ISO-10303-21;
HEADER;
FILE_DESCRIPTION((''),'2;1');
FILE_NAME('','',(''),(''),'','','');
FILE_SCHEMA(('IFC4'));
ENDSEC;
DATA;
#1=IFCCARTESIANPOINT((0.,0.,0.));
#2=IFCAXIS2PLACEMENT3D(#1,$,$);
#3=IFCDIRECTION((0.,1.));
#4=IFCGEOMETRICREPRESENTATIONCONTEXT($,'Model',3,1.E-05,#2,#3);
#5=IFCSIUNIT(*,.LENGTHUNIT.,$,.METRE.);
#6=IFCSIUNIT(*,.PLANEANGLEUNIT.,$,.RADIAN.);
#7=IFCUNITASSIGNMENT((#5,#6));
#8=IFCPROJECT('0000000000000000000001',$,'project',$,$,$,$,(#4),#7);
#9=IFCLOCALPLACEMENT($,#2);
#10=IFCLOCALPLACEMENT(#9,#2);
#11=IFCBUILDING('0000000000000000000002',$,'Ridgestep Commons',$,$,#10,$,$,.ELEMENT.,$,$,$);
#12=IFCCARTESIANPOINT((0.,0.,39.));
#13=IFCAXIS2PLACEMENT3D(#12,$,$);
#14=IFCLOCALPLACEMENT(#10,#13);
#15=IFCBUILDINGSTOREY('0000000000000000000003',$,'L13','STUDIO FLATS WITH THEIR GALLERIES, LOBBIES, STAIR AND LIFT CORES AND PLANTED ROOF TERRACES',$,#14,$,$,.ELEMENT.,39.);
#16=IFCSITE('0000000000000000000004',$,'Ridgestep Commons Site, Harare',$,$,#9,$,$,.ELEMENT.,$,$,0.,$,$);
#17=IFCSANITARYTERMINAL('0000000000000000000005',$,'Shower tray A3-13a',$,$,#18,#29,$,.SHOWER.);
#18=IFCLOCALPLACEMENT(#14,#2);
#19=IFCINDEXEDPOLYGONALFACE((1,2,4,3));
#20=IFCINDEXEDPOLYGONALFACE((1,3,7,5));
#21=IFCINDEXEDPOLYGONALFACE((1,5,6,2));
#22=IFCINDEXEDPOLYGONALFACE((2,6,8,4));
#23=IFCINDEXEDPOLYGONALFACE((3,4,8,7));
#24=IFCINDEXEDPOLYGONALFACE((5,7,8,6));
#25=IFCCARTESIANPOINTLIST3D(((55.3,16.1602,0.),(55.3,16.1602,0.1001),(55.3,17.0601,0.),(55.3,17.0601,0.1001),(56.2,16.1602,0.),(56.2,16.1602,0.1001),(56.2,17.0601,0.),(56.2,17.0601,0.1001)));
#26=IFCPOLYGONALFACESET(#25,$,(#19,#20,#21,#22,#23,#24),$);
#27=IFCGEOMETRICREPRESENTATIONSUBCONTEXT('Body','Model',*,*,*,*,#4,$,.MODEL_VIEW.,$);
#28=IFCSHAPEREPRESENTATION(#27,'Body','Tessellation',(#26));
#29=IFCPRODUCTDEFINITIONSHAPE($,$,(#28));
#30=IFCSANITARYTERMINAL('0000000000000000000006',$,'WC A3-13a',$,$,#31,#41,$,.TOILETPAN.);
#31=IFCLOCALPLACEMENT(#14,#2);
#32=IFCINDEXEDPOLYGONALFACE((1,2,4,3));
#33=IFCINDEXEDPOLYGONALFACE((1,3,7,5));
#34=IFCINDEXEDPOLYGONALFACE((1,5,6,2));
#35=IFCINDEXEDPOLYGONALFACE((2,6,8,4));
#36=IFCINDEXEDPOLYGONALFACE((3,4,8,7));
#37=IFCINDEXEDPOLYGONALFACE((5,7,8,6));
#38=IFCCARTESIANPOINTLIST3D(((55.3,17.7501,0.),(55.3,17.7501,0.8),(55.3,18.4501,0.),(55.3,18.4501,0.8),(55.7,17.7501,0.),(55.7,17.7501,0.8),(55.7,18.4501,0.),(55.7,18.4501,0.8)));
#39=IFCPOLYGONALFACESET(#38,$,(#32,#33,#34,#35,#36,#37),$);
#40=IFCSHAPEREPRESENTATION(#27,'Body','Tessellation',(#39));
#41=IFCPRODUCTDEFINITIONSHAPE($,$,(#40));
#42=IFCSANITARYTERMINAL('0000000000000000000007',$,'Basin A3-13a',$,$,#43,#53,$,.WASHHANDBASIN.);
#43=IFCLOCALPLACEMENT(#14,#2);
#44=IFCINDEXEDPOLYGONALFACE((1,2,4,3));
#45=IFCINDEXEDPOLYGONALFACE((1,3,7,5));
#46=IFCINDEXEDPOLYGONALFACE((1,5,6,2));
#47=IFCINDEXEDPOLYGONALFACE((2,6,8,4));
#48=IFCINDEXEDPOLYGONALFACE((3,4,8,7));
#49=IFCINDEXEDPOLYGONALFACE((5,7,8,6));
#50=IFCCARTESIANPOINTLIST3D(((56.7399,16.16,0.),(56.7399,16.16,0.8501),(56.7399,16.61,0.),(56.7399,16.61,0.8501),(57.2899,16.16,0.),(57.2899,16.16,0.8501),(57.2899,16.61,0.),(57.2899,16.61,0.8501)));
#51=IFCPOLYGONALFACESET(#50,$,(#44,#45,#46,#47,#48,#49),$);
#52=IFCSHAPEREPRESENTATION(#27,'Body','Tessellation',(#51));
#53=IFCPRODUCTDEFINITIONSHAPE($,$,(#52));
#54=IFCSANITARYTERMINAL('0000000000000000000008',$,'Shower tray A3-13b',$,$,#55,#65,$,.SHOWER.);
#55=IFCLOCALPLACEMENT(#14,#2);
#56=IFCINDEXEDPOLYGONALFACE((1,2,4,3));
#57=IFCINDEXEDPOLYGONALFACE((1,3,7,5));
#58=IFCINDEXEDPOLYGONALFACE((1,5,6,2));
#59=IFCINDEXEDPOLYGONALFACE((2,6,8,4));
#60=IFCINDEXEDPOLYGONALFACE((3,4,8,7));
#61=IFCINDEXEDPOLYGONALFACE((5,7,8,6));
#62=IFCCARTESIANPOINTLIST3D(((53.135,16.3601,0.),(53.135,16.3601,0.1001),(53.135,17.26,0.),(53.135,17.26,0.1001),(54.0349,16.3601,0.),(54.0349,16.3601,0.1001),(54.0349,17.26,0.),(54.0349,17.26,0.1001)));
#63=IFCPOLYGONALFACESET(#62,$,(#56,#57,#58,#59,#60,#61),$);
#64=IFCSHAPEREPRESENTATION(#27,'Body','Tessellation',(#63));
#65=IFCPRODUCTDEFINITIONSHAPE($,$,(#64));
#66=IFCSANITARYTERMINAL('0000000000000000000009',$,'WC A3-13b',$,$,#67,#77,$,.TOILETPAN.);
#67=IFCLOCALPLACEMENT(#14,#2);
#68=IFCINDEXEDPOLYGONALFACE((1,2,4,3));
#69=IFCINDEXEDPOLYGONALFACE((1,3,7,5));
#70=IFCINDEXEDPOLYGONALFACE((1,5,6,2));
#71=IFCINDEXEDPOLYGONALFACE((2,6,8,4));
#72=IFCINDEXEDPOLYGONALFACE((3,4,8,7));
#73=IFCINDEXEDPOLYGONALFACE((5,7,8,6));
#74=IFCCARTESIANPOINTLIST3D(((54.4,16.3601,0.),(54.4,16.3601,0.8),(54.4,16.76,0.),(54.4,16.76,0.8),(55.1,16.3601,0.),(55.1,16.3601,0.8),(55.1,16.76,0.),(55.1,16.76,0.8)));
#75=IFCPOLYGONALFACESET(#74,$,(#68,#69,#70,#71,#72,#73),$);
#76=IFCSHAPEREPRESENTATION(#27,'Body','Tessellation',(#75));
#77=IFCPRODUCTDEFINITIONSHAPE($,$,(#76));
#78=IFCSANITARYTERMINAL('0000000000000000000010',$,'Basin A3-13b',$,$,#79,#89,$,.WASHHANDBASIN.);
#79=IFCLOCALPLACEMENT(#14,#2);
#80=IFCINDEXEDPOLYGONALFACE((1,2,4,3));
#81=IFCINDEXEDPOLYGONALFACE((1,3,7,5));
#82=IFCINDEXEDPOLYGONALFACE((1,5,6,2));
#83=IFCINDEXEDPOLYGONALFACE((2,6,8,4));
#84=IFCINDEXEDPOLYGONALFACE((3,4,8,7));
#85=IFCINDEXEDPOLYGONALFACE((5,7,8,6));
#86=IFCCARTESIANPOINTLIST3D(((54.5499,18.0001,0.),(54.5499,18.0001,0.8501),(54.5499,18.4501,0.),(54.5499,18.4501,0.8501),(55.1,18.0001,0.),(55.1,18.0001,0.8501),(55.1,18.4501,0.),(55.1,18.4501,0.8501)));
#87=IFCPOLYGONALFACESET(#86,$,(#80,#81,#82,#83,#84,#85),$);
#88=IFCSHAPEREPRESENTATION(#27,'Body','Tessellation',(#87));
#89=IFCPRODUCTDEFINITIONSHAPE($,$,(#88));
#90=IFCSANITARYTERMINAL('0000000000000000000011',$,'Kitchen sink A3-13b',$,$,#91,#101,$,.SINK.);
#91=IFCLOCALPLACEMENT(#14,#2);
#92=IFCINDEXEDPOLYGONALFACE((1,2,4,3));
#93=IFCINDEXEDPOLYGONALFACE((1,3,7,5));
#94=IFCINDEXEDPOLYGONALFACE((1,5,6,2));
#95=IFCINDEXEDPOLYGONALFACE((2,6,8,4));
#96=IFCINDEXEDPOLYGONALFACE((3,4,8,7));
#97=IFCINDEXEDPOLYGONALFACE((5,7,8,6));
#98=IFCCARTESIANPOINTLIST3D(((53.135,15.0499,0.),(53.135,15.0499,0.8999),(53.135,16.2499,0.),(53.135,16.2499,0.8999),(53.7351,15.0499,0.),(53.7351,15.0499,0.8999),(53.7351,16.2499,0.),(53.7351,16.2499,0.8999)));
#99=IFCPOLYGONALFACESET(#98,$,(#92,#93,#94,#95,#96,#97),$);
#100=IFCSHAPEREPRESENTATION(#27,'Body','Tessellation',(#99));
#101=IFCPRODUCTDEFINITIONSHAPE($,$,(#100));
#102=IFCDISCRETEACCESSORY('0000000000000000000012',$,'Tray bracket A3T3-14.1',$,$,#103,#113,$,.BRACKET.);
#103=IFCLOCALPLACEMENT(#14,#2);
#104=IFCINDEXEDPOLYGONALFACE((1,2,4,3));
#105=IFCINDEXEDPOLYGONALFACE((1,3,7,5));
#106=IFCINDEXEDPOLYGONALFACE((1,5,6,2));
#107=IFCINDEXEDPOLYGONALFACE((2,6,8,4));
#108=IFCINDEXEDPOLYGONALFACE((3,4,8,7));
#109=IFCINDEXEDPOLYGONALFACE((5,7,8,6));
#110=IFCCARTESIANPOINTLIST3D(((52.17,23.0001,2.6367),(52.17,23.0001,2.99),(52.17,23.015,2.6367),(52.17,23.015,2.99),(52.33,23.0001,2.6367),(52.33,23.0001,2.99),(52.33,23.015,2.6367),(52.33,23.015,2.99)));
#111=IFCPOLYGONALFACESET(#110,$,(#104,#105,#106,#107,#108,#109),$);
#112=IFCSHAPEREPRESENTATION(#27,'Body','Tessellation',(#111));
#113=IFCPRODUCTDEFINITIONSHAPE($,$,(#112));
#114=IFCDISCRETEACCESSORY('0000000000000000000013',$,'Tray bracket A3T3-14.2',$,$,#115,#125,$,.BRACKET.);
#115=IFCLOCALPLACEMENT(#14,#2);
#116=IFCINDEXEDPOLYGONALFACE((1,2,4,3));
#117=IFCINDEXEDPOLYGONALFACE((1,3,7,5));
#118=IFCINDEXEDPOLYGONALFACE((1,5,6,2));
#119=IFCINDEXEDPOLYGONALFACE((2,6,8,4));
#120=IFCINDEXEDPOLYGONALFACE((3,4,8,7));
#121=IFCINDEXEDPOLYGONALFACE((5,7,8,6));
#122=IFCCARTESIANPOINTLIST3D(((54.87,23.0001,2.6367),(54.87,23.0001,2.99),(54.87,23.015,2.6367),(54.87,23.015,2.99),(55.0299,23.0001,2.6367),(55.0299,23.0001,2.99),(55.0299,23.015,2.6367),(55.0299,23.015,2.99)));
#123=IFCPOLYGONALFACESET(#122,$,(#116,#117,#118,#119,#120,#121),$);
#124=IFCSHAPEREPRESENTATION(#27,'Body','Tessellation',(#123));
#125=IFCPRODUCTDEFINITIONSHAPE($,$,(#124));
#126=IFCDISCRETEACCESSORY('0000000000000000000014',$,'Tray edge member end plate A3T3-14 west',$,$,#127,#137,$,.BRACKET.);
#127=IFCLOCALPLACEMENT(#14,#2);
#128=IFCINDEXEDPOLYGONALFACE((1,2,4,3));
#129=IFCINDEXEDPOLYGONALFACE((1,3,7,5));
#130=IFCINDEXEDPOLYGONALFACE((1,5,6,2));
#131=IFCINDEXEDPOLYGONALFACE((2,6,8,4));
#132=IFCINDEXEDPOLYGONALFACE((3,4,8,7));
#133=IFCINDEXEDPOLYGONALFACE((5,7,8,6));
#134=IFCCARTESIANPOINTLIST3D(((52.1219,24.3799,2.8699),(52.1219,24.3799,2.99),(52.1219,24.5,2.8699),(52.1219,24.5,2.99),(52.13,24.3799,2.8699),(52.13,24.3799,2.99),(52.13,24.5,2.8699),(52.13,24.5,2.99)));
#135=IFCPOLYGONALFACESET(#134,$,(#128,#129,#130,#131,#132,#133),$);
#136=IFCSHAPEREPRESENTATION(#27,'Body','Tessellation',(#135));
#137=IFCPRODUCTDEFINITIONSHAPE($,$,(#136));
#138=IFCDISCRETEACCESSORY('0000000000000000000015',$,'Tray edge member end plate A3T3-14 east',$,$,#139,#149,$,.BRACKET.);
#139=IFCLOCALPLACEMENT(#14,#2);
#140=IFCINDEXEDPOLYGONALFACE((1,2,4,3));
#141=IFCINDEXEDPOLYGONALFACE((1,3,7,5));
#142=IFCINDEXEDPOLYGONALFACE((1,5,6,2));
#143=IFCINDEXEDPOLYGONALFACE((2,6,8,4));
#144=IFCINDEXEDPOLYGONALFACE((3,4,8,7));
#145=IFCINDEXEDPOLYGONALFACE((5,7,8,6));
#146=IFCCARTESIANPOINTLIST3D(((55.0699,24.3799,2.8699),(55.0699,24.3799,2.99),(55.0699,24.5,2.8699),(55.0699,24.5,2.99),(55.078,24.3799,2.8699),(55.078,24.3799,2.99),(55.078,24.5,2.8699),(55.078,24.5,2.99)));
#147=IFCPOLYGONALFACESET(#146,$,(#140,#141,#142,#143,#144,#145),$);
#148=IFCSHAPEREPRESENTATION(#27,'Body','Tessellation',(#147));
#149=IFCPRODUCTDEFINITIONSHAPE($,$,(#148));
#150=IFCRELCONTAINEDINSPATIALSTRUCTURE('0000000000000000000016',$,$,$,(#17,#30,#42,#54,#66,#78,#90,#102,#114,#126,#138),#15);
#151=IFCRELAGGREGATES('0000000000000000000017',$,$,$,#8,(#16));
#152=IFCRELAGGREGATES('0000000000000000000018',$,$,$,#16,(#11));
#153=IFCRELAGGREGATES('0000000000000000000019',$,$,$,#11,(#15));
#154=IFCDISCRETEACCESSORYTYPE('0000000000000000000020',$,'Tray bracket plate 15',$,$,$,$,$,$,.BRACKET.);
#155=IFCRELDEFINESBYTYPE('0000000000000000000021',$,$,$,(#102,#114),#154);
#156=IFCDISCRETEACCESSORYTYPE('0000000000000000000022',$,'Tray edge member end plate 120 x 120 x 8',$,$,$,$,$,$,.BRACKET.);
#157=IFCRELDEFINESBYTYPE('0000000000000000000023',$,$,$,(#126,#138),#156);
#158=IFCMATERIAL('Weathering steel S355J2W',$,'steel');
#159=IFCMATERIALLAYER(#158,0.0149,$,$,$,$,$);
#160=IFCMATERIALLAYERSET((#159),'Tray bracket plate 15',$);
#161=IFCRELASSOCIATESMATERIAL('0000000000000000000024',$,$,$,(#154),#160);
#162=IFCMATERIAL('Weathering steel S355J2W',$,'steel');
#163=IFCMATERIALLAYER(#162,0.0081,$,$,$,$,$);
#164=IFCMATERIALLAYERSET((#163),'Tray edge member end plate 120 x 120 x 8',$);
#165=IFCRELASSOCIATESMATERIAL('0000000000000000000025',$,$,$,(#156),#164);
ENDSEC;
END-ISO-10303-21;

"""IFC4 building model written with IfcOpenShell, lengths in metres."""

from ifc_helpers import new_model, si_unit, direction, frame, origin, origin_2d, place, context, subcontext, project, spatial, rectangle, extrude, material, layer, layer_set, type_object, element, save


model = new_model("IFC4")

# Units and contexts
model_context = context("Model", 3, precision=1e-05, world=origin(), true_north=direction((0.0, 1.0)))
body_context = subcontext(model_context, "Body", "Model", "MODEL_VIEW")
ifc_project = project(units=[si_unit("LENGTHUNIT", "METRE"), si_unit("PLANEANGLEUNIT", "RADIAN")], contexts=[model_context])

# Site, building, storey
site_placement = place(None, origin())
site = spatial("IfcSite", under=ifc_project, at=site_placement, Name="Ridgestep Commons Site, Harare", CompositionType="ELEMENT", RefElevation=0.0)
building_placement = place(site_placement, origin())
building = spatial("IfcBuilding", under=site, at=building_placement, Name="Ridgestep Commons", CompositionType="ELEMENT")
storey_placement = place(building_placement, frame((0.0, 0.0, 39.0)))
storey = spatial("IfcBuildingStorey", under=building, at=storey_placement, Name="L13", Description="STUDIO FLATS WITH THEIR GALLERIES, LOBBIES, STAIR AND LIFT CORES AND PLANTED ROOF TERRACES", CompositionType="ELEMENT", Elevation=39.0)

# Sanitary terminals
sanitary_terminal_1_placement = place(storey_placement, frame((55.75, 16.6101, 0.0), z_axis=(0.0, 0.0, 1.0), x_axis=(1.0, 0.0, 0.0)))
element("IfcSanitaryTerminal", 1, at=sanitary_terminal_1_placement, inside=storey, Name="Shower tray A3-13a", PredefinedType="SHOWER", context=body_context, shape_type="SweptSolid", body=[
    extrude(rectangle(XDim=0.8999, YDim=0.8999, at=origin_2d()), origin(), (0.0, 0.0, 1.0), 0.1001),
])
sanitary_terminal_2_placement = place(storey_placement, frame((55.5, 18.1001, 0.0), z_axis=(0.0, 0.0, 1.0), x_axis=(1.0, 0.0, 0.0)))
element("IfcSanitaryTerminal", 2, at=sanitary_terminal_2_placement, inside=storey, Name="WC A3-13a", PredefinedType="TOILETPAN", context=body_context, shape_type="SweptSolid", body=[
    extrude(rectangle(XDim=0.3999, YDim=0.7, at=origin_2d()), origin(), (0.0, 0.0, 1.0), 0.8),
])
sanitary_terminal_3_placement = place(storey_placement, frame((57.0149, 16.385, 0.0), z_axis=(0.0, 0.0, 1.0), x_axis=(1.0, 0.0, 0.0)))
element("IfcSanitaryTerminal", 3, at=sanitary_terminal_3_placement, inside=storey, Name="Basin A3-13a", PredefinedType="WASHHANDBASIN", context=body_context, shape_type="SweptSolid", body=[
    extrude(rectangle(XDim=0.55, YDim=0.45, at=origin_2d()), origin(), (0.0, 0.0, 1.0), 0.8501),
])
sanitary_terminal_4_placement = place(storey_placement, frame((53.585, 16.8101, 0.0), z_axis=(0.0, 0.0, 1.0), x_axis=(1.0, 0.0, 0.0)))
element("IfcSanitaryTerminal", 4, at=sanitary_terminal_4_placement, inside=storey, Name="Shower tray A3-13b", PredefinedType="SHOWER", context=body_context, shape_type="SweptSolid", body=[
    extrude(rectangle(XDim=0.8999, YDim=0.8999, at=origin_2d()), origin(), (0.0, 0.0, 1.0), 0.1001),
])
sanitary_terminal_5_placement = place(storey_placement, frame((54.75, 16.5601, 0.0), z_axis=(0.0, 0.0, 1.0), x_axis=(1.0, 0.0, 0.0)))
element("IfcSanitaryTerminal", 5, at=sanitary_terminal_5_placement, inside=storey, Name="WC A3-13b", PredefinedType="TOILETPAN", context=body_context, shape_type="SweptSolid", body=[
    extrude(rectangle(XDim=0.7, YDim=0.3999, at=origin_2d()), origin(), (0.0, 0.0, 1.0), 0.8),
])
sanitary_terminal_6_placement = place(storey_placement, frame((54.825, 18.2251, 0.0), z_axis=(0.0, 0.0, 1.0), x_axis=(1.0, 0.0, 0.0)))
element("IfcSanitaryTerminal", 6, at=sanitary_terminal_6_placement, inside=storey, Name="Basin A3-13b", PredefinedType="WASHHANDBASIN", context=body_context, shape_type="SweptSolid", body=[
    extrude(rectangle(XDim=0.55, YDim=0.45, at=origin_2d()), origin(), (0.0, 0.0, 1.0), 0.8501),
])
sanitary_terminal_7_placement = place(storey_placement, frame((53.4351, 15.6499, 0.0), z_axis=(0.0, 0.0, 1.0), x_axis=(1.0, 0.0, 0.0)))
element("IfcSanitaryTerminal", 7, at=sanitary_terminal_7_placement, inside=storey, Name="Kitchen sink A3-13b", PredefinedType="SINK", context=body_context, shape_type="SweptSolid", body=[
    extrude(rectangle(XDim=0.6001, YDim=1.2, at=origin_2d()), origin(), (0.0, 0.0, 1.0), 0.8999),
])

# Discrete accessories
ifc_material_1 = material(Name="Weathering steel S355J2W", Category="steel")
ifc_layer_1 = layer(ifc_material_1, 0.0149)
ifc_layer_set_1 = layer_set([ifc_layer_1], Name="Tray bracket plate 15")
discrete_accessory_type_1 = type_object("IfcDiscreteAccessoryType", Name="Tray bracket plate 15", PredefinedType="BRACKET", material=ifc_layer_set_1)
for number, where, z_axis, x_axis, name in (
    (8, (52.25, 23.0076, 2.6367), (0.0, 0.0, 1.0), (1.0, 0.0, 0.0), "Tray bracket A3T3-14.1"),
    (9, (54.95, 23.0076, 2.6367), (0.0, 0.0, 1.0), (1.0, 0.0, 0.0), "Tray bracket A3T3-14.2"),
):
    element("IfcDiscreteAccessory", number, at=place(storey_placement, frame(where, z_axis=z_axis, x_axis=x_axis)), inside=storey, type_object=discrete_accessory_type_1, Name=name, PredefinedType="BRACKET", context=body_context, shape_type="SweptSolid", body=[
        extrude(rectangle(XDim=0.1599, YDim=0.0149, at=origin_2d()), origin(), (0.0, 0.0, 1.0), 0.3533),
    ])
ifc_material_2 = material(Name="Weathering steel S355J2W", Category="steel")
ifc_layer_2 = layer(ifc_material_2, 0.0081)
ifc_layer_set_2 = layer_set([ifc_layer_2], Name="Tray edge member end plate 120 x 120 x 8")
discrete_accessory_type_2 = type_object("IfcDiscreteAccessoryType", Name="Tray edge member end plate 120 x 120 x 8", PredefinedType="BRACKET", material=ifc_layer_set_2)
for number, where, z_axis, x_axis, name in (
    (10, (52.126, 24.4399, 2.8699), (0.0, 0.0, 1.0), (1.0, 0.0, 0.0), "Tray edge member end plate A3T3-14 west"),
    (11, (55.074, 24.4399, 2.8699), (0.0, 0.0, 1.0), (1.0, 0.0, 0.0), "Tray edge member end plate A3T3-14 east"),
):
    element("IfcDiscreteAccessory", number, at=place(storey_placement, frame(where, z_axis=z_axis, x_axis=x_axis)), inside=storey, type_object=discrete_accessory_type_2, Name=name, PredefinedType="BRACKET", context=body_context, shape_type="SweptSolid", body=[
        extrude(rectangle(XDim=0.0081, YDim=0.1201, at=origin_2d()), origin(), (0.0, 0.0, 1.0), 0.1201),
    ])

save(model, "model.ifc")
